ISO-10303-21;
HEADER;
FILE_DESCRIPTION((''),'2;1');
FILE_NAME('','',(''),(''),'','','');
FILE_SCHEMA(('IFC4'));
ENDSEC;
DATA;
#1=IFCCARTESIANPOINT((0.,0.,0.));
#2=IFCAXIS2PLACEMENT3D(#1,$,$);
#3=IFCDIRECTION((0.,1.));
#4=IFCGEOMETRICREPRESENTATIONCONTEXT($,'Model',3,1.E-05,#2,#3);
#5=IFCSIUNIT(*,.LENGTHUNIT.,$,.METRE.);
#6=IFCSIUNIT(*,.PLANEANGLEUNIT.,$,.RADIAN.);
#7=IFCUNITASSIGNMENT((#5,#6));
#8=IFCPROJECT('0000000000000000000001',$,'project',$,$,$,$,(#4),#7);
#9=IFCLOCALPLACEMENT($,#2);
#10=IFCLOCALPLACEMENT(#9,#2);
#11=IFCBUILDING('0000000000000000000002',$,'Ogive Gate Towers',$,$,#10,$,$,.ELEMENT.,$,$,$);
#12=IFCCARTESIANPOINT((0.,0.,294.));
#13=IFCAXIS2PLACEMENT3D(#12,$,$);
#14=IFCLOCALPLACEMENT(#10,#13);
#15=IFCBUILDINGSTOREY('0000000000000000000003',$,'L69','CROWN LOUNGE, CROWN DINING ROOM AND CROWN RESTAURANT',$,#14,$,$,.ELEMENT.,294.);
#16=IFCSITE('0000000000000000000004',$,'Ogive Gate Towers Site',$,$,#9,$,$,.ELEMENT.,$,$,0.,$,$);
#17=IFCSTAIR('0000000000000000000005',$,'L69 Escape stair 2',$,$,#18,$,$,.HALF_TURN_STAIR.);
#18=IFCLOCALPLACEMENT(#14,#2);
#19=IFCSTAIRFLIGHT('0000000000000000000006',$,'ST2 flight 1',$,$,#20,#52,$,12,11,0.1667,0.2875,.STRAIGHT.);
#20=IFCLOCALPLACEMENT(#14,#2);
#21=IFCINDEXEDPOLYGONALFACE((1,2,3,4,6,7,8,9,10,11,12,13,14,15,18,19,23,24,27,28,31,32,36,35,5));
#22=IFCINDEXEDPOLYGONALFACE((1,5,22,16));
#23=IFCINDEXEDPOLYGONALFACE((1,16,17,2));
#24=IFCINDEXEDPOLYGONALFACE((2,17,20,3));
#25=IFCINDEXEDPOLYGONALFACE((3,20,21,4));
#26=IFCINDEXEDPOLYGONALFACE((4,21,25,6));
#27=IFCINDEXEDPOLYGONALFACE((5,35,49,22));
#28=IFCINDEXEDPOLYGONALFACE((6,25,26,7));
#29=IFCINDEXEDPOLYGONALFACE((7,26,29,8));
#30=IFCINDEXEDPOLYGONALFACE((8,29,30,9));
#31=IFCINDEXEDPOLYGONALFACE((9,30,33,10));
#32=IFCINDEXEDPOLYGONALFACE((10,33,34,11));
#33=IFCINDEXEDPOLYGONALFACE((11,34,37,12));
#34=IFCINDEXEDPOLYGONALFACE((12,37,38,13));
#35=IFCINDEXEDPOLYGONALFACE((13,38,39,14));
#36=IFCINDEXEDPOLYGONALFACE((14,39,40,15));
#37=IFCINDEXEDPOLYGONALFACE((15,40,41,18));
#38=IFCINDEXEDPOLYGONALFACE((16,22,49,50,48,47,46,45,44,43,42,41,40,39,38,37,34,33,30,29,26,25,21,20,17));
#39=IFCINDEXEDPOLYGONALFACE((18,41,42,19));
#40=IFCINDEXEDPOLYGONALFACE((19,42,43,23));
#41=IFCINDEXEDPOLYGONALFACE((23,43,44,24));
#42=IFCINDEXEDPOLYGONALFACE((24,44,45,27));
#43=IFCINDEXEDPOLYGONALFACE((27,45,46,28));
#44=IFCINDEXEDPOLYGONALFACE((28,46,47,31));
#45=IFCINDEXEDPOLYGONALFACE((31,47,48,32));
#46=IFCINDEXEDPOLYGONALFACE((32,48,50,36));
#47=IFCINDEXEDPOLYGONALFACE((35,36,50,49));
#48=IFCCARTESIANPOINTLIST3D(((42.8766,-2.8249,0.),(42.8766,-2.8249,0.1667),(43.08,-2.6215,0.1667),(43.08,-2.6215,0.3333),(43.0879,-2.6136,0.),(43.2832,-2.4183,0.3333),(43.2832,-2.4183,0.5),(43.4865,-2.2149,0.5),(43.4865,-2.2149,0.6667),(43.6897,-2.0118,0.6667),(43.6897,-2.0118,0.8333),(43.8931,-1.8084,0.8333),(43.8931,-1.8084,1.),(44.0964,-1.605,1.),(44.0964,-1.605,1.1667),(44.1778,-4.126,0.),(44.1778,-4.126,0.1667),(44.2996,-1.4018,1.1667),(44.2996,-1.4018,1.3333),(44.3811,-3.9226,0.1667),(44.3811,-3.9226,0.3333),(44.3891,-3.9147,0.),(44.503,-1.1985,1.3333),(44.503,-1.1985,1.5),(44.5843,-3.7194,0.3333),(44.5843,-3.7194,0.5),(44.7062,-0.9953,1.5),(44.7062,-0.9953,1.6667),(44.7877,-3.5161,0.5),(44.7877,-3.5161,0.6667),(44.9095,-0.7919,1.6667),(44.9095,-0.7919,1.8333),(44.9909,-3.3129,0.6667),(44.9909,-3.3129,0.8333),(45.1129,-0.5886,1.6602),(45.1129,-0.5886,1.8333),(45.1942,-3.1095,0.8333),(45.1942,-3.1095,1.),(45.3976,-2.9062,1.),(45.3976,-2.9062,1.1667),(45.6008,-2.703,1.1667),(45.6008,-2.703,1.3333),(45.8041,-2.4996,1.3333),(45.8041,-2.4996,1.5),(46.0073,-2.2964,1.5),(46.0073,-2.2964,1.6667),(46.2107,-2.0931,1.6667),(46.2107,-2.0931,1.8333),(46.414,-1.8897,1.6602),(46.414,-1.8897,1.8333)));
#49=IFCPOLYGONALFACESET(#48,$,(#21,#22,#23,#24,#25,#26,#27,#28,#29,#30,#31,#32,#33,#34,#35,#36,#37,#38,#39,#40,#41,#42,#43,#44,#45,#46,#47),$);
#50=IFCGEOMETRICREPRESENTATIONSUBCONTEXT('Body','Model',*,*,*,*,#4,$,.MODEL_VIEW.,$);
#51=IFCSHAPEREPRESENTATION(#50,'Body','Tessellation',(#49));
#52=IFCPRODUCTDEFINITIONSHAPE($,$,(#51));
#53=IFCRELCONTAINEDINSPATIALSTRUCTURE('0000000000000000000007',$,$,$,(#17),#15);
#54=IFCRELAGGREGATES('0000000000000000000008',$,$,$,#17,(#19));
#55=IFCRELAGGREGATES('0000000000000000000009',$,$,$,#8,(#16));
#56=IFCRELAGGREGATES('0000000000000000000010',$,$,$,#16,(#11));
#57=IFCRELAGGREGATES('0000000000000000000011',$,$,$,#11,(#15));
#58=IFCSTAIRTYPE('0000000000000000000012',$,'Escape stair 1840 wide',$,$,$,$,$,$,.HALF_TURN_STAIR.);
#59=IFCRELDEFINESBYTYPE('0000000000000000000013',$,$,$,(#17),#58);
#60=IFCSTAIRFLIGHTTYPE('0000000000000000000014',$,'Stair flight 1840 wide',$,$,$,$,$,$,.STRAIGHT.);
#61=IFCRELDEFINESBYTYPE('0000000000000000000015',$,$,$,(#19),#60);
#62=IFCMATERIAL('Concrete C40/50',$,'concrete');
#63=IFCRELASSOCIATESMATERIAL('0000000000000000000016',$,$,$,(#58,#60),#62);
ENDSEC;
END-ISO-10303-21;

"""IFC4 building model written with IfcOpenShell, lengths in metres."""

from ifc_helpers import new_model, si_unit, direction, frame, origin, place, context, subcontext, project, spatial, polyline, outline, extrude, material, type_object, element, aggregate, save


model = new_model("IFC4")

# Units and contexts
model_context = context("Model", 3, precision=1e-05, world=origin(), true_north=direction((0.0, 1.0)))
body_context = subcontext(model_context, "Body", "Model", "MODEL_VIEW")
ifc_project = project(units=[si_unit("LENGTHUNIT", "METRE"), si_unit("PLANEANGLEUNIT", "RADIAN")], contexts=[model_context])

# Site, building, storey
site_placement = place(None, origin())
site = spatial("IfcSite", under=ifc_project, at=site_placement, Name="Ogive Gate Towers Site", CompositionType="ELEMENT", RefElevation=0.0)
building_placement = place(site_placement, origin())
building = spatial("IfcBuilding", under=site, at=building_placement, Name="Ogive Gate Towers", CompositionType="ELEMENT")
storey_placement = place(building_placement, frame((0.0, 0.0, 294.0)))
storey = spatial("IfcBuildingStorey", under=building, at=storey_placement, Name="L69", Description="CROWN LOUNGE, CROWN DINING ROOM AND CROWN RESTAURANT", CompositionType="ELEMENT", Elevation=294.0)

# Stair, stair flight
ifc_material_1 = material(Name="Concrete C40/50", Category="concrete")
stair_type = type_object("IfcStairType", Name="Escape stair 1840 wide", PredefinedType="HALF_TURN_STAIR", material=ifc_material_1)
stair_placement = place(storey_placement, origin())
stair = element("IfcStair", 1, at=stair_placement, inside=storey, type_object=stair_type, Name="L69 Escape stair 2", PredefinedType="HALF_TURN_STAIR")
stair_flight_type = type_object("IfcStairFlightType", Name="Stair flight 1840 wide", PredefinedType="STRAIGHT", material=ifc_material_1)
stair_flight_placement = place(storey_placement, frame((43.5271, -3.4753, 0.0), z_axis=(0.0, 0.0, 1.0), x_axis=(0.707107, 0.707107, 0.0)))
stair_flight = element("IfcStairFlight", 2, at=stair_flight_placement, type_object=stair_flight_type, Name="ST2 flight 1", NumberOfRisers=12, NumberOfTreads=11, PredefinedType="STRAIGHT", RiserHeight=0.1667, TreadLength=0.2875, context=body_context, shape_type="SweptSolid", body=[
    extrude(outline(polyline([(0.0, 0.0), (0.0, 0.1667), (0.2876, 0.1667), (0.2876, 0.3333), (0.575, 0.3333), (0.575, 0.5), (0.8625, 0.5), (0.8625, 0.6667), (1.1499, 0.6667), (1.1499, 0.8333), (1.4375, 0.8333), (1.4375, 1.0), (1.7251, 1.0), (1.7251, 1.1667), (2.0125, 1.1667), (2.0125, 1.3333), (2.3, 1.3333), (2.3, 1.5), (2.5874, 1.5), (2.5874, 1.6667), (2.875, 1.6667), (2.875, 1.8333), (3.1626, 1.8333), (3.1626, 2.0), (3.1626, 1.6602), (0.2988, 0.0), (0.0, 0.0)])), frame((0.0, 0.9199, 0.0), z_axis=(0.0, -1.0, 0.0), x_axis=(1.0, 0.0, 0.0)), (0.0, 0.0, 1.0), 1.8401),
])
aggregate(stair, [stair_flight])

save(model, "model.ifc")
